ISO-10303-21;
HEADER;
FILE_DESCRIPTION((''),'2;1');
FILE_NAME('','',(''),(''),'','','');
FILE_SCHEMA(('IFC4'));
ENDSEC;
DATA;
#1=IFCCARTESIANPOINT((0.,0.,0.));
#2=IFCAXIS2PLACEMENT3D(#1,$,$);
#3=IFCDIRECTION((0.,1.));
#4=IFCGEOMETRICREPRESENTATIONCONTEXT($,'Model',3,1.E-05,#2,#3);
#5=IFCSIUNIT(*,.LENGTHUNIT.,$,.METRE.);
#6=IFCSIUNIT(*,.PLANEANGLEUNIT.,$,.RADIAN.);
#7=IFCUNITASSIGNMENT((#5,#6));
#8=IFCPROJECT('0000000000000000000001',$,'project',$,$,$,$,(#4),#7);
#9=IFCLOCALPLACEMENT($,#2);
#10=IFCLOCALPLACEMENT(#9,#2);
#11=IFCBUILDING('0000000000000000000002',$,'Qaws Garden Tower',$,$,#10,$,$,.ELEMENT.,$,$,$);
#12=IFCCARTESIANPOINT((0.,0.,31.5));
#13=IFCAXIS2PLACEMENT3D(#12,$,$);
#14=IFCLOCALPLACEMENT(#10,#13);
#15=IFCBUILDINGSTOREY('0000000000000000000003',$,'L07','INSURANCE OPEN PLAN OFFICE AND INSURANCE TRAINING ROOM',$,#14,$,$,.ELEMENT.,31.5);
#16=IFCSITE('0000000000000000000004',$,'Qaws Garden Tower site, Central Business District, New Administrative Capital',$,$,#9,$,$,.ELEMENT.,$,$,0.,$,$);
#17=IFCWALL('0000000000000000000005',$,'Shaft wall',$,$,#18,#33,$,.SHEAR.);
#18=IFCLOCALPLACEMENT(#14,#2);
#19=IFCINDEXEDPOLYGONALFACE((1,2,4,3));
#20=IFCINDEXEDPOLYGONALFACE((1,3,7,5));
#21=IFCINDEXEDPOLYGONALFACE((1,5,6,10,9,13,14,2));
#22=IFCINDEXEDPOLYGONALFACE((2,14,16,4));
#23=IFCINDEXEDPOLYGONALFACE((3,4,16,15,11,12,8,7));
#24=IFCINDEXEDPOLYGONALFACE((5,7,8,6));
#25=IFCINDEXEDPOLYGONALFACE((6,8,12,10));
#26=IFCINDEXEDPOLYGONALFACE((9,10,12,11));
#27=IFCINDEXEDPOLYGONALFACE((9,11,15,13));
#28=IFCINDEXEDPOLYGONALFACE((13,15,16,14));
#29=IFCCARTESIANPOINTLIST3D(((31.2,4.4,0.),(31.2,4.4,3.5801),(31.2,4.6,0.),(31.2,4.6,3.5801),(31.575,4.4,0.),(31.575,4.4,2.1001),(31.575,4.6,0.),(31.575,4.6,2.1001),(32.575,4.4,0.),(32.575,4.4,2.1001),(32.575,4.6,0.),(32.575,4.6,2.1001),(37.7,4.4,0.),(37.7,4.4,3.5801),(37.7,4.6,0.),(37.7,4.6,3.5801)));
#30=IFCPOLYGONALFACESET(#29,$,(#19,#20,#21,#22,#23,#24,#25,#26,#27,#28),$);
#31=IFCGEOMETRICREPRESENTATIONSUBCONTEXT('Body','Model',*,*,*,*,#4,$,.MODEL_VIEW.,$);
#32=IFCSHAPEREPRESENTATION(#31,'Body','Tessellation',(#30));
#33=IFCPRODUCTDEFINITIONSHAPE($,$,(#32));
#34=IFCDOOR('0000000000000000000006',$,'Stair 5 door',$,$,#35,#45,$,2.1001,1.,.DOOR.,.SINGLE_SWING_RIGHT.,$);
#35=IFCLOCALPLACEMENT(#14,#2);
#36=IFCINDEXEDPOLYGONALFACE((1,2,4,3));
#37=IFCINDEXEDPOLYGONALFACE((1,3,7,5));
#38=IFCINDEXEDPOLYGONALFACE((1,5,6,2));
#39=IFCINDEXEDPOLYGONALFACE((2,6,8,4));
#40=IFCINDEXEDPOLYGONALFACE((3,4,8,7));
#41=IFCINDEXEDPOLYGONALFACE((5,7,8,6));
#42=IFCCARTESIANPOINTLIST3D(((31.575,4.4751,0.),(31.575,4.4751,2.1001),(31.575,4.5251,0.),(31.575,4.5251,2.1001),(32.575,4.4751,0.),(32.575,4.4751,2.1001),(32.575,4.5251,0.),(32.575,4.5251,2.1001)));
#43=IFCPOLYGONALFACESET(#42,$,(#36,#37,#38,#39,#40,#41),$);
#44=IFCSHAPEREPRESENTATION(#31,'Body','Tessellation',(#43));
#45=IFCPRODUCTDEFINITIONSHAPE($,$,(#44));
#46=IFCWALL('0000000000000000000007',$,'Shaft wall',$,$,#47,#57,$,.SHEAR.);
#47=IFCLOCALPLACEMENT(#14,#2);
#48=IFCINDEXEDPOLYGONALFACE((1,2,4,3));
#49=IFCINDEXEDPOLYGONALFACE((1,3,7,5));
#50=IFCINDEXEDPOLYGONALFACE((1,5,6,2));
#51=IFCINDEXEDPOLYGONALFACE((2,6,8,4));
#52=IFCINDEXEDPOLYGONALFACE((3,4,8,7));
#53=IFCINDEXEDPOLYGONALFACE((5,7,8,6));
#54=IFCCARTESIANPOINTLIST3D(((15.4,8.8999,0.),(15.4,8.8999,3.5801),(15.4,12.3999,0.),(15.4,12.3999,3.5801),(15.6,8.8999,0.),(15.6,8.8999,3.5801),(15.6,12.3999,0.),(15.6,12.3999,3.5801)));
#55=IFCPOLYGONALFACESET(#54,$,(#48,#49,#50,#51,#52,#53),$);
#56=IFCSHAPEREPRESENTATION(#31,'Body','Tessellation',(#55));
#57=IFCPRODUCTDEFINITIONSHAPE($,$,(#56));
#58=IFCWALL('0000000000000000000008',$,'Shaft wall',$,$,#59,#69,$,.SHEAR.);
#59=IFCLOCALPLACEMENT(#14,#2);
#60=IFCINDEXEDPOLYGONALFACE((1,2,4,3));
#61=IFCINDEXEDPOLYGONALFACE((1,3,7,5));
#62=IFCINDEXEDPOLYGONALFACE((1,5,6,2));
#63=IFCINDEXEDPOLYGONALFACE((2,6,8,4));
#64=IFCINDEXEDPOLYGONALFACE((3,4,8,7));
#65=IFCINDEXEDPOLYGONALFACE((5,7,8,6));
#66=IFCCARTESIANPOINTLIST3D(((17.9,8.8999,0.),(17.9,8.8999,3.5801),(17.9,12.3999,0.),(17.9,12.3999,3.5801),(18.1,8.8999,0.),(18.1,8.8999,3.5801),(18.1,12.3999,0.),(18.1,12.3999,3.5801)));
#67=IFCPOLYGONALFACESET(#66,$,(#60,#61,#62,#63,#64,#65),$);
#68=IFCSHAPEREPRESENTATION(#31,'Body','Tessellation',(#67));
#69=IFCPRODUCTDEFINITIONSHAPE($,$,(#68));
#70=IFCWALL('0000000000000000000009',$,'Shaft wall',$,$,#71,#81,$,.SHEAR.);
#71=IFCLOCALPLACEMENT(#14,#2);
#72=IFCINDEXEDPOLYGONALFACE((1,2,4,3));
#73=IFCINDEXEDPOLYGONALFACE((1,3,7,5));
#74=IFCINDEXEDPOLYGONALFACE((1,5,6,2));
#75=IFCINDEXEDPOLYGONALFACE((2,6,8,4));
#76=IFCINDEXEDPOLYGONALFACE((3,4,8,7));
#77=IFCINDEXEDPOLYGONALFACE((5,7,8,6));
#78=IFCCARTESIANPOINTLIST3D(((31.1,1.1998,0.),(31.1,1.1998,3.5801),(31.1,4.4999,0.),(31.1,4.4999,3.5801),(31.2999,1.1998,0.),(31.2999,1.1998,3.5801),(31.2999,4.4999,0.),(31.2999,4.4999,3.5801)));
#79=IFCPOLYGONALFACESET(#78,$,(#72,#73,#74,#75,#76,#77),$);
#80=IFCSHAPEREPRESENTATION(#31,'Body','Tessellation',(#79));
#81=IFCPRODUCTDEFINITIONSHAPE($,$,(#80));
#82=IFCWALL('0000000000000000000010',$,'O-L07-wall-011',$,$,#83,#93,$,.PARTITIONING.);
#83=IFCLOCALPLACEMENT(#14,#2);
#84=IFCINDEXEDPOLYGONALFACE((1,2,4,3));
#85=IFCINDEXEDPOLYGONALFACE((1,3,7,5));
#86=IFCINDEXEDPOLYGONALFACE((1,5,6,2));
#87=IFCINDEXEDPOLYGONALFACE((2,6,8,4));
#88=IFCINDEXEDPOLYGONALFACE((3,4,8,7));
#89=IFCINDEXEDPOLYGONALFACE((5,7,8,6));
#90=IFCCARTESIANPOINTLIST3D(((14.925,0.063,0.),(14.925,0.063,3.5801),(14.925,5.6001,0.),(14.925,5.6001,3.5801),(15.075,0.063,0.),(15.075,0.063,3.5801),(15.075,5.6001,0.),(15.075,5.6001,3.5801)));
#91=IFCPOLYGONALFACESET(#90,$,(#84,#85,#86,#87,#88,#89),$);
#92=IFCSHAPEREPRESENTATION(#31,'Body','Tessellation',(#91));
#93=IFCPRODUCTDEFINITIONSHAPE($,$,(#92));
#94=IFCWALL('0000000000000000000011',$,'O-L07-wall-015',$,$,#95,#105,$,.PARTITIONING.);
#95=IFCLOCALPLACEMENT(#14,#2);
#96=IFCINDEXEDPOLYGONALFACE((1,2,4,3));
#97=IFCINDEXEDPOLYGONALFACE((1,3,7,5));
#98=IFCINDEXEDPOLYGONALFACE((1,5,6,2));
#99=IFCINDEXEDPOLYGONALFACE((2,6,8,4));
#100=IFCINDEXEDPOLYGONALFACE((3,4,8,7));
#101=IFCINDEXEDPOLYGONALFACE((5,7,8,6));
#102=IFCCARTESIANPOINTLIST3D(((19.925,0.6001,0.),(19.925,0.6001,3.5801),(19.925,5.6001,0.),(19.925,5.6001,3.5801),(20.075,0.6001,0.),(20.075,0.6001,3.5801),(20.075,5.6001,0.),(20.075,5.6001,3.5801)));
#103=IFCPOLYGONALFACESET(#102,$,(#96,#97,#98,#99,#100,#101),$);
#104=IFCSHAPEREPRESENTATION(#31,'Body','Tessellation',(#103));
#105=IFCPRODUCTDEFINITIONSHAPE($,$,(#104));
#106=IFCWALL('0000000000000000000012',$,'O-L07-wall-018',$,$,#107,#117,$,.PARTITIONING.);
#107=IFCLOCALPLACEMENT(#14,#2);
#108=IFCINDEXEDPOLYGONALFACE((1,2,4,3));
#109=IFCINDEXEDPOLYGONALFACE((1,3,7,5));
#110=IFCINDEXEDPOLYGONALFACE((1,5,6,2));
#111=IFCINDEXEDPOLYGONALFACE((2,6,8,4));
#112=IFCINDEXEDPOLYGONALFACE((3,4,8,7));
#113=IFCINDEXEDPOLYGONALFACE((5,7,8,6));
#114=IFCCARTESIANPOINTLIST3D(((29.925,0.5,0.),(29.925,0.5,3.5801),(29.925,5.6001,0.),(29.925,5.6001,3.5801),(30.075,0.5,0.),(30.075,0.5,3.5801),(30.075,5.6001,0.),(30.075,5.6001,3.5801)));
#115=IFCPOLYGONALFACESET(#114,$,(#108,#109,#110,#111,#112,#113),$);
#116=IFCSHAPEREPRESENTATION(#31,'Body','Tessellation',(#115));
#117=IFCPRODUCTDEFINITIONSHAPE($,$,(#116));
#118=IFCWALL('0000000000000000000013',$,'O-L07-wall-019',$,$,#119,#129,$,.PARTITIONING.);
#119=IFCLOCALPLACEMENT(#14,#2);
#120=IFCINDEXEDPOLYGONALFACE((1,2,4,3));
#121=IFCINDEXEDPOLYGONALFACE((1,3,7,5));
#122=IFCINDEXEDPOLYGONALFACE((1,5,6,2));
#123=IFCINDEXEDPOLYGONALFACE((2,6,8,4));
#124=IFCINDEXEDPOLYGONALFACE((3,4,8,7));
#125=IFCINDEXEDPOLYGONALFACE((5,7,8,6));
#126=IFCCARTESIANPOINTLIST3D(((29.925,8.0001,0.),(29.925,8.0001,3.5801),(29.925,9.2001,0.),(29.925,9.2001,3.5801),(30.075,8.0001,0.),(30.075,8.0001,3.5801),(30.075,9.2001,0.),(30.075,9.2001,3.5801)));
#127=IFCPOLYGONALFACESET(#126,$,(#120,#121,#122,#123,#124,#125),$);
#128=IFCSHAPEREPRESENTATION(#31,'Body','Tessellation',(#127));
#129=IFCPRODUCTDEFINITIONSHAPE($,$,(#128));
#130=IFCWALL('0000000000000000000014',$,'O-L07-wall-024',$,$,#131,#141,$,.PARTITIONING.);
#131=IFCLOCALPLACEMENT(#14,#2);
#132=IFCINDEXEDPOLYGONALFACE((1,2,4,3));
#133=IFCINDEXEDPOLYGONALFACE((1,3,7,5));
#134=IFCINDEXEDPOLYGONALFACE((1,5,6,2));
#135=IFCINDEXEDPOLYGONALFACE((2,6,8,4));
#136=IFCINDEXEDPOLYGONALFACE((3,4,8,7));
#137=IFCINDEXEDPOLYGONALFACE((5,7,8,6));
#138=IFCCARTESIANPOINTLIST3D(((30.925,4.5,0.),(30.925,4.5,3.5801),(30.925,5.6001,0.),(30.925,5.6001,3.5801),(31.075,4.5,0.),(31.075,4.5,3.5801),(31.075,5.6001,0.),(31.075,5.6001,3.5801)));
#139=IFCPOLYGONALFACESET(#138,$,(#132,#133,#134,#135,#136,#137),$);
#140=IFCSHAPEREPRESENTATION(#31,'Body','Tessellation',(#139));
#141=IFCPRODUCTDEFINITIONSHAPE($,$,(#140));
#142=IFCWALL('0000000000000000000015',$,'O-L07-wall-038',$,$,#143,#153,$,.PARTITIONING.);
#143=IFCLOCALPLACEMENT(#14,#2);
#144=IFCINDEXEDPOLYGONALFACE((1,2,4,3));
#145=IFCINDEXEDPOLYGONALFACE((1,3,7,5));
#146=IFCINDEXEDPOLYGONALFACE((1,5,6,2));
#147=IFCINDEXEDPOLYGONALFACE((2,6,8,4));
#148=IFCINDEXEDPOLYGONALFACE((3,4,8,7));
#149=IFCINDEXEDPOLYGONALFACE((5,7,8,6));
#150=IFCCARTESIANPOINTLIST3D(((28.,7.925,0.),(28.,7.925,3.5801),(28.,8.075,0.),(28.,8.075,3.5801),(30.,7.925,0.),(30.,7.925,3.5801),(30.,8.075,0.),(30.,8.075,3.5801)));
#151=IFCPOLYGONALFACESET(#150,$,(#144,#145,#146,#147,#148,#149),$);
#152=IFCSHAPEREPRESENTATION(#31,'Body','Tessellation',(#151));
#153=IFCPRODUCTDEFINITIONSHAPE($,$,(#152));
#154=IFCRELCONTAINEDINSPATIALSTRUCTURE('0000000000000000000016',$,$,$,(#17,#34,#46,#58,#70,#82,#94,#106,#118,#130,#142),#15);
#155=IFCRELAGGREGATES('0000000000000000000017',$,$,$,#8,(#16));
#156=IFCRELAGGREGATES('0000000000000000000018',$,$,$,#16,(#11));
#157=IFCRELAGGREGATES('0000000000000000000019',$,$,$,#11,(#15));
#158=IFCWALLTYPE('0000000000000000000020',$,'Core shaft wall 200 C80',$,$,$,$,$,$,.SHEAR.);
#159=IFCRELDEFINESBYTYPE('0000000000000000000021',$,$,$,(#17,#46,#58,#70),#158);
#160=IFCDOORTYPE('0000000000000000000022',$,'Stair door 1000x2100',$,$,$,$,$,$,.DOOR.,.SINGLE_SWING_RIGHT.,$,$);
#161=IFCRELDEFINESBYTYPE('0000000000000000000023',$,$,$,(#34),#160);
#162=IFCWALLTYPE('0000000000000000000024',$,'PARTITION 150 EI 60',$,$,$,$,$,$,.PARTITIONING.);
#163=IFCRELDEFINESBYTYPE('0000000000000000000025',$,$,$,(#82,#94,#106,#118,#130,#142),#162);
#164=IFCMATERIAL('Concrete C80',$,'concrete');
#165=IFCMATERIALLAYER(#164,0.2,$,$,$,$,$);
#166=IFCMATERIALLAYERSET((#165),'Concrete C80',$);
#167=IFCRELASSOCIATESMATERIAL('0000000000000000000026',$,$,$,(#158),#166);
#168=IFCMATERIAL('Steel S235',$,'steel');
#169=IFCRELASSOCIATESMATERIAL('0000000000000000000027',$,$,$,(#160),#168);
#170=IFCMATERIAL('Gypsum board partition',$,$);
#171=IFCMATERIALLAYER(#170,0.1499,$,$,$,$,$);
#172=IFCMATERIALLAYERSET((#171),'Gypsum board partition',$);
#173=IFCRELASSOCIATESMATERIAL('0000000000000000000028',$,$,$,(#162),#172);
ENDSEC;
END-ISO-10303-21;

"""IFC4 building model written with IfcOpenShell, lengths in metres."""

from ifc_helpers import new_model, si_unit, direction, frame, frame_2d, origin, place, context, subcontext, project, spatial, rectangle, extrude, material, layer, layer_set, type_object, element, fill, save


model = new_model("IFC4")

# Units and contexts
model_context = context("Model", 3, precision=1e-05, world=origin(), true_north=direction((0.0, 1.0)))
body_context = subcontext(model_context, "Body", "Model", "MODEL_VIEW")
ifc_project = project(units=[si_unit("LENGTHUNIT", "METRE"), si_unit("PLANEANGLEUNIT", "RADIAN")], contexts=[model_context])

# Site, building, storey
site_placement = place(None, origin())
site = spatial("IfcSite", under=ifc_project, at=site_placement, Name="Qaws Garden Tower site, Central Business District, New Administrative Capital", CompositionType="ELEMENT", RefElevation=0.0)
building_placement = place(site_placement, origin())
building = spatial("IfcBuilding", under=site, at=building_placement, Name="Qaws Garden Tower", CompositionType="ELEMENT")
storey_placement = place(building_placement, frame((0.0, 0.0, 31.5)))
storey = spatial("IfcBuildingStorey", under=building, at=storey_placement, Name="L07", Description="INSURANCE OPEN PLAN OFFICE AND INSURANCE TRAINING ROOM", CompositionType="ELEMENT", Elevation=31.5)

# Shared definitions
ifc_material_1 = material(Name="Concrete C80", Category="concrete")
ifc_layer_1 = layer(ifc_material_1, 0.2)
ifc_layer_set_1 = layer_set([ifc_layer_1], Name="Concrete C80")
wall_type_1 = type_object("IfcWallType", Name="Core shaft wall 200 C80", PredefinedType="SHEAR", material=ifc_layer_set_1)

# Wall, opening, door
wall_1_placement = place(storey_placement, frame((31.2, 4.5, 0.0), z_axis=(0.0, 0.0, 1.0), x_axis=(1.0, 0.0, 0.0)))
wall_1 = element("IfcWall", 1, at=wall_1_placement, inside=storey, type_object=wall_type_1, Name="Shaft wall", PredefinedType="SHEAR", context=body_context, shape_type="SweptSolid", body=[
    extrude(rectangle(XDim=6.5, YDim=0.2, at=frame_2d((3.25, 0.0))), origin(), (0.0, 0.0, 1.0), 3.5801),
])
opening_1_placement = place(wall_1_placement, frame((0.375, 0.0, 0.0)))
opening_1 = element("IfcOpeningElement", 2, at=opening_1_placement, cuts=wall_1, PredefinedType="OPENING", context=body_context, shape_type="SweptSolid", body=[
    extrude(rectangle(XDim=1.0, YDim=2.1001, at=frame_2d((0.5, 1.05))), frame((0.0, 0.1099, 0.0), z_axis=(0.0, -1.0, 0.0), x_axis=(1.0, 0.0, 0.0)), (0.0, 0.0, 1.0), 0.22),
])
ifc_material_2 = material(Name="Steel S235", Category="steel")
door_type = type_object("IfcDoorType", Name="Stair door 1000x2100", OperationType="SINGLE_SWING_RIGHT", PredefinedType="DOOR", material=ifc_material_2)
door_placement = place(opening_1_placement, frame((1.0, 0.0, 0.0), z_axis=(0.0, 0.0, 1.0), x_axis=(-1.0, 0.0, 0.0)))
door = element("IfcDoor", 3, at=door_placement, inside=storey, type_object=door_type, Name="Stair 5 door", OperationType="SINGLE_SWING_RIGHT", OverallHeight=2.1001, OverallWidth=1.0, PredefinedType="DOOR", context=body_context, shape_type="SweptSolid", body=[
    extrude(rectangle(XDim=1.0, YDim=2.1001, at=frame_2d((0.5, 1.05))), frame((0.0, 0.0249, 0.0), z_axis=(0.0, -1.0, 0.0), x_axis=(1.0, 0.0, 0.0)), (0.0, 0.0, 1.0), 0.05),
])
fill(opening_1, door)

# Walls
for number, where, z_axis, x_axis, name in (
    (4, (15.5, 8.8999, 0.0), (0.0, 0.0, 1.0), (0.0, 1.0, 0.0), "Shaft wall"),
    (5, (18.0, 8.8999, 0.0), (0.0, 0.0, 1.0), (0.0, 1.0, 0.0), "Shaft wall"),
):
    element("IfcWall", number, at=place(storey_placement, frame(where, z_axis=z_axis, x_axis=x_axis)), inside=storey, type_object=wall_type_1, Name=name, PredefinedType="SHEAR", context=body_context, shape_type="SweptSolid", body=[
        extrude(rectangle(XDim=3.5, YDim=0.2, at=frame_2d((1.75, 0.0))), origin(), (0.0, 0.0, 1.0), 3.5801),
    ])
wall_2_placement = place(storey_placement, frame((31.2, 1.2, 0.0), z_axis=(0.0, 0.0, 1.0), x_axis=(0.0, 1.0, 0.0)))
element("IfcWall", 6, at=wall_2_placement, inside=storey, type_object=wall_type_1, Name="Shaft wall", PredefinedType="SHEAR", context=body_context, shape_type="SweptSolid", body=[
    extrude(rectangle(XDim=3.3, YDim=0.2, at=frame_2d((1.6499, 0.0))), origin(), (0.0, 0.0, 1.0), 3.5801),
])
ifc_material_3 = material(Name="Gypsum board partition")
ifc_layer_2 = layer(ifc_material_3, 0.1499)
ifc_layer_set_2 = layer_set([ifc_layer_2], Name="Gypsum board partition")
wall_type_2 = type_object("IfcWallType", Name="PARTITION 150 EI 60", PredefinedType="PARTITIONING", material=ifc_layer_set_2)
wall_3_placement = place(storey_placement, frame((15.0, 0.063, 0.0), z_axis=(0.0, 0.0, 1.0), x_axis=(0.0, 1.0, 0.0)))
element("IfcWall", 7, at=wall_3_placement, inside=storey, type_object=wall_type_2, Name="O-L07-wall-011", PredefinedType="PARTITIONING", context=body_context, shape_type="SweptSolid", body=[
    extrude(rectangle(XDim=5.5371, YDim=0.1499, at=frame_2d((2.7686, 0.0))), origin(), (0.0, 0.0, 1.0), 3.5801),
])
wall_4_placement = place(storey_placement, frame((20.0, 0.6001, 0.0), z_axis=(0.0, 0.0, 1.0), x_axis=(0.0, 1.0, 0.0)))
element("IfcWall", 8, at=wall_4_placement, inside=storey, type_object=wall_type_2, Name="O-L07-wall-015", PredefinedType="PARTITIONING", context=body_context, shape_type="SweptSolid", body=[
    extrude(rectangle(XDim=5.0, YDim=0.1499, at=frame_2d((2.5, 0.0))), origin(), (0.0, 0.0, 1.0), 3.5801),
])
wall_5_placement = place(storey_placement, frame((30.0, 0.5, 0.0), z_axis=(0.0, 0.0, 1.0), x_axis=(0.0, 1.0, 0.0)))
element("IfcWall", 9, at=wall_5_placement, inside=storey, type_object=wall_type_2, Name="O-L07-wall-018", PredefinedType="PARTITIONING", context=body_context, shape_type="SweptSolid", body=[
    extrude(rectangle(XDim=5.1001, YDim=0.1499, at=frame_2d((2.55, 0.0))), origin(), (0.0, 0.0, 1.0), 3.5801),
])
wall_6_placement = place(storey_placement, frame((30.0, 8.0, 0.0), z_axis=(0.0, 0.0, 1.0), x_axis=(0.0, 1.0, 0.0)))
element("IfcWall", 10, at=wall_6_placement, inside=storey, type_object=wall_type_2, Name="O-L07-wall-019", PredefinedType="PARTITIONING", context=body_context, shape_type="SweptSolid", body=[
    extrude(rectangle(XDim=1.2, YDim=0.1499, at=frame_2d((0.6001, 0.0))), origin(), (0.0, 0.0, 1.0), 3.5801),
])
wall_7_placement = place(storey_placement, frame((31.0, 4.5, 0.0), z_axis=(0.0, 0.0, 1.0), x_axis=(0.0, 1.0, 0.0)))
element("IfcWall", 11, at=wall_7_placement, inside=storey, type_object=wall_type_2, Name="O-L07-wall-024", PredefinedType="PARTITIONING", context=body_context, shape_type="SweptSolid", body=[
    extrude(rectangle(XDim=1.1001, YDim=0.1499, at=frame_2d((0.55, 0.0))), origin(), (0.0, 0.0, 1.0), 3.5801),
])
wall_8_placement = place(storey_placement, frame((28.0, 8.0, 0.0), z_axis=(0.0, 0.0, 1.0), x_axis=(1.0, 0.0, 0.0)))
element("IfcWall", 12, at=wall_8_placement, inside=storey, type_object=wall_type_2, Name="O-L07-wall-038", PredefinedType="PARTITIONING", context=body_context, shape_type="SweptSolid", body=[
    extrude(rectangle(XDim=2.0, YDim=0.1499, at=frame_2d((1.0, 0.0))), origin(), (0.0, 0.0, 1.0), 3.5801),
])

save(model, "model.ifc")
